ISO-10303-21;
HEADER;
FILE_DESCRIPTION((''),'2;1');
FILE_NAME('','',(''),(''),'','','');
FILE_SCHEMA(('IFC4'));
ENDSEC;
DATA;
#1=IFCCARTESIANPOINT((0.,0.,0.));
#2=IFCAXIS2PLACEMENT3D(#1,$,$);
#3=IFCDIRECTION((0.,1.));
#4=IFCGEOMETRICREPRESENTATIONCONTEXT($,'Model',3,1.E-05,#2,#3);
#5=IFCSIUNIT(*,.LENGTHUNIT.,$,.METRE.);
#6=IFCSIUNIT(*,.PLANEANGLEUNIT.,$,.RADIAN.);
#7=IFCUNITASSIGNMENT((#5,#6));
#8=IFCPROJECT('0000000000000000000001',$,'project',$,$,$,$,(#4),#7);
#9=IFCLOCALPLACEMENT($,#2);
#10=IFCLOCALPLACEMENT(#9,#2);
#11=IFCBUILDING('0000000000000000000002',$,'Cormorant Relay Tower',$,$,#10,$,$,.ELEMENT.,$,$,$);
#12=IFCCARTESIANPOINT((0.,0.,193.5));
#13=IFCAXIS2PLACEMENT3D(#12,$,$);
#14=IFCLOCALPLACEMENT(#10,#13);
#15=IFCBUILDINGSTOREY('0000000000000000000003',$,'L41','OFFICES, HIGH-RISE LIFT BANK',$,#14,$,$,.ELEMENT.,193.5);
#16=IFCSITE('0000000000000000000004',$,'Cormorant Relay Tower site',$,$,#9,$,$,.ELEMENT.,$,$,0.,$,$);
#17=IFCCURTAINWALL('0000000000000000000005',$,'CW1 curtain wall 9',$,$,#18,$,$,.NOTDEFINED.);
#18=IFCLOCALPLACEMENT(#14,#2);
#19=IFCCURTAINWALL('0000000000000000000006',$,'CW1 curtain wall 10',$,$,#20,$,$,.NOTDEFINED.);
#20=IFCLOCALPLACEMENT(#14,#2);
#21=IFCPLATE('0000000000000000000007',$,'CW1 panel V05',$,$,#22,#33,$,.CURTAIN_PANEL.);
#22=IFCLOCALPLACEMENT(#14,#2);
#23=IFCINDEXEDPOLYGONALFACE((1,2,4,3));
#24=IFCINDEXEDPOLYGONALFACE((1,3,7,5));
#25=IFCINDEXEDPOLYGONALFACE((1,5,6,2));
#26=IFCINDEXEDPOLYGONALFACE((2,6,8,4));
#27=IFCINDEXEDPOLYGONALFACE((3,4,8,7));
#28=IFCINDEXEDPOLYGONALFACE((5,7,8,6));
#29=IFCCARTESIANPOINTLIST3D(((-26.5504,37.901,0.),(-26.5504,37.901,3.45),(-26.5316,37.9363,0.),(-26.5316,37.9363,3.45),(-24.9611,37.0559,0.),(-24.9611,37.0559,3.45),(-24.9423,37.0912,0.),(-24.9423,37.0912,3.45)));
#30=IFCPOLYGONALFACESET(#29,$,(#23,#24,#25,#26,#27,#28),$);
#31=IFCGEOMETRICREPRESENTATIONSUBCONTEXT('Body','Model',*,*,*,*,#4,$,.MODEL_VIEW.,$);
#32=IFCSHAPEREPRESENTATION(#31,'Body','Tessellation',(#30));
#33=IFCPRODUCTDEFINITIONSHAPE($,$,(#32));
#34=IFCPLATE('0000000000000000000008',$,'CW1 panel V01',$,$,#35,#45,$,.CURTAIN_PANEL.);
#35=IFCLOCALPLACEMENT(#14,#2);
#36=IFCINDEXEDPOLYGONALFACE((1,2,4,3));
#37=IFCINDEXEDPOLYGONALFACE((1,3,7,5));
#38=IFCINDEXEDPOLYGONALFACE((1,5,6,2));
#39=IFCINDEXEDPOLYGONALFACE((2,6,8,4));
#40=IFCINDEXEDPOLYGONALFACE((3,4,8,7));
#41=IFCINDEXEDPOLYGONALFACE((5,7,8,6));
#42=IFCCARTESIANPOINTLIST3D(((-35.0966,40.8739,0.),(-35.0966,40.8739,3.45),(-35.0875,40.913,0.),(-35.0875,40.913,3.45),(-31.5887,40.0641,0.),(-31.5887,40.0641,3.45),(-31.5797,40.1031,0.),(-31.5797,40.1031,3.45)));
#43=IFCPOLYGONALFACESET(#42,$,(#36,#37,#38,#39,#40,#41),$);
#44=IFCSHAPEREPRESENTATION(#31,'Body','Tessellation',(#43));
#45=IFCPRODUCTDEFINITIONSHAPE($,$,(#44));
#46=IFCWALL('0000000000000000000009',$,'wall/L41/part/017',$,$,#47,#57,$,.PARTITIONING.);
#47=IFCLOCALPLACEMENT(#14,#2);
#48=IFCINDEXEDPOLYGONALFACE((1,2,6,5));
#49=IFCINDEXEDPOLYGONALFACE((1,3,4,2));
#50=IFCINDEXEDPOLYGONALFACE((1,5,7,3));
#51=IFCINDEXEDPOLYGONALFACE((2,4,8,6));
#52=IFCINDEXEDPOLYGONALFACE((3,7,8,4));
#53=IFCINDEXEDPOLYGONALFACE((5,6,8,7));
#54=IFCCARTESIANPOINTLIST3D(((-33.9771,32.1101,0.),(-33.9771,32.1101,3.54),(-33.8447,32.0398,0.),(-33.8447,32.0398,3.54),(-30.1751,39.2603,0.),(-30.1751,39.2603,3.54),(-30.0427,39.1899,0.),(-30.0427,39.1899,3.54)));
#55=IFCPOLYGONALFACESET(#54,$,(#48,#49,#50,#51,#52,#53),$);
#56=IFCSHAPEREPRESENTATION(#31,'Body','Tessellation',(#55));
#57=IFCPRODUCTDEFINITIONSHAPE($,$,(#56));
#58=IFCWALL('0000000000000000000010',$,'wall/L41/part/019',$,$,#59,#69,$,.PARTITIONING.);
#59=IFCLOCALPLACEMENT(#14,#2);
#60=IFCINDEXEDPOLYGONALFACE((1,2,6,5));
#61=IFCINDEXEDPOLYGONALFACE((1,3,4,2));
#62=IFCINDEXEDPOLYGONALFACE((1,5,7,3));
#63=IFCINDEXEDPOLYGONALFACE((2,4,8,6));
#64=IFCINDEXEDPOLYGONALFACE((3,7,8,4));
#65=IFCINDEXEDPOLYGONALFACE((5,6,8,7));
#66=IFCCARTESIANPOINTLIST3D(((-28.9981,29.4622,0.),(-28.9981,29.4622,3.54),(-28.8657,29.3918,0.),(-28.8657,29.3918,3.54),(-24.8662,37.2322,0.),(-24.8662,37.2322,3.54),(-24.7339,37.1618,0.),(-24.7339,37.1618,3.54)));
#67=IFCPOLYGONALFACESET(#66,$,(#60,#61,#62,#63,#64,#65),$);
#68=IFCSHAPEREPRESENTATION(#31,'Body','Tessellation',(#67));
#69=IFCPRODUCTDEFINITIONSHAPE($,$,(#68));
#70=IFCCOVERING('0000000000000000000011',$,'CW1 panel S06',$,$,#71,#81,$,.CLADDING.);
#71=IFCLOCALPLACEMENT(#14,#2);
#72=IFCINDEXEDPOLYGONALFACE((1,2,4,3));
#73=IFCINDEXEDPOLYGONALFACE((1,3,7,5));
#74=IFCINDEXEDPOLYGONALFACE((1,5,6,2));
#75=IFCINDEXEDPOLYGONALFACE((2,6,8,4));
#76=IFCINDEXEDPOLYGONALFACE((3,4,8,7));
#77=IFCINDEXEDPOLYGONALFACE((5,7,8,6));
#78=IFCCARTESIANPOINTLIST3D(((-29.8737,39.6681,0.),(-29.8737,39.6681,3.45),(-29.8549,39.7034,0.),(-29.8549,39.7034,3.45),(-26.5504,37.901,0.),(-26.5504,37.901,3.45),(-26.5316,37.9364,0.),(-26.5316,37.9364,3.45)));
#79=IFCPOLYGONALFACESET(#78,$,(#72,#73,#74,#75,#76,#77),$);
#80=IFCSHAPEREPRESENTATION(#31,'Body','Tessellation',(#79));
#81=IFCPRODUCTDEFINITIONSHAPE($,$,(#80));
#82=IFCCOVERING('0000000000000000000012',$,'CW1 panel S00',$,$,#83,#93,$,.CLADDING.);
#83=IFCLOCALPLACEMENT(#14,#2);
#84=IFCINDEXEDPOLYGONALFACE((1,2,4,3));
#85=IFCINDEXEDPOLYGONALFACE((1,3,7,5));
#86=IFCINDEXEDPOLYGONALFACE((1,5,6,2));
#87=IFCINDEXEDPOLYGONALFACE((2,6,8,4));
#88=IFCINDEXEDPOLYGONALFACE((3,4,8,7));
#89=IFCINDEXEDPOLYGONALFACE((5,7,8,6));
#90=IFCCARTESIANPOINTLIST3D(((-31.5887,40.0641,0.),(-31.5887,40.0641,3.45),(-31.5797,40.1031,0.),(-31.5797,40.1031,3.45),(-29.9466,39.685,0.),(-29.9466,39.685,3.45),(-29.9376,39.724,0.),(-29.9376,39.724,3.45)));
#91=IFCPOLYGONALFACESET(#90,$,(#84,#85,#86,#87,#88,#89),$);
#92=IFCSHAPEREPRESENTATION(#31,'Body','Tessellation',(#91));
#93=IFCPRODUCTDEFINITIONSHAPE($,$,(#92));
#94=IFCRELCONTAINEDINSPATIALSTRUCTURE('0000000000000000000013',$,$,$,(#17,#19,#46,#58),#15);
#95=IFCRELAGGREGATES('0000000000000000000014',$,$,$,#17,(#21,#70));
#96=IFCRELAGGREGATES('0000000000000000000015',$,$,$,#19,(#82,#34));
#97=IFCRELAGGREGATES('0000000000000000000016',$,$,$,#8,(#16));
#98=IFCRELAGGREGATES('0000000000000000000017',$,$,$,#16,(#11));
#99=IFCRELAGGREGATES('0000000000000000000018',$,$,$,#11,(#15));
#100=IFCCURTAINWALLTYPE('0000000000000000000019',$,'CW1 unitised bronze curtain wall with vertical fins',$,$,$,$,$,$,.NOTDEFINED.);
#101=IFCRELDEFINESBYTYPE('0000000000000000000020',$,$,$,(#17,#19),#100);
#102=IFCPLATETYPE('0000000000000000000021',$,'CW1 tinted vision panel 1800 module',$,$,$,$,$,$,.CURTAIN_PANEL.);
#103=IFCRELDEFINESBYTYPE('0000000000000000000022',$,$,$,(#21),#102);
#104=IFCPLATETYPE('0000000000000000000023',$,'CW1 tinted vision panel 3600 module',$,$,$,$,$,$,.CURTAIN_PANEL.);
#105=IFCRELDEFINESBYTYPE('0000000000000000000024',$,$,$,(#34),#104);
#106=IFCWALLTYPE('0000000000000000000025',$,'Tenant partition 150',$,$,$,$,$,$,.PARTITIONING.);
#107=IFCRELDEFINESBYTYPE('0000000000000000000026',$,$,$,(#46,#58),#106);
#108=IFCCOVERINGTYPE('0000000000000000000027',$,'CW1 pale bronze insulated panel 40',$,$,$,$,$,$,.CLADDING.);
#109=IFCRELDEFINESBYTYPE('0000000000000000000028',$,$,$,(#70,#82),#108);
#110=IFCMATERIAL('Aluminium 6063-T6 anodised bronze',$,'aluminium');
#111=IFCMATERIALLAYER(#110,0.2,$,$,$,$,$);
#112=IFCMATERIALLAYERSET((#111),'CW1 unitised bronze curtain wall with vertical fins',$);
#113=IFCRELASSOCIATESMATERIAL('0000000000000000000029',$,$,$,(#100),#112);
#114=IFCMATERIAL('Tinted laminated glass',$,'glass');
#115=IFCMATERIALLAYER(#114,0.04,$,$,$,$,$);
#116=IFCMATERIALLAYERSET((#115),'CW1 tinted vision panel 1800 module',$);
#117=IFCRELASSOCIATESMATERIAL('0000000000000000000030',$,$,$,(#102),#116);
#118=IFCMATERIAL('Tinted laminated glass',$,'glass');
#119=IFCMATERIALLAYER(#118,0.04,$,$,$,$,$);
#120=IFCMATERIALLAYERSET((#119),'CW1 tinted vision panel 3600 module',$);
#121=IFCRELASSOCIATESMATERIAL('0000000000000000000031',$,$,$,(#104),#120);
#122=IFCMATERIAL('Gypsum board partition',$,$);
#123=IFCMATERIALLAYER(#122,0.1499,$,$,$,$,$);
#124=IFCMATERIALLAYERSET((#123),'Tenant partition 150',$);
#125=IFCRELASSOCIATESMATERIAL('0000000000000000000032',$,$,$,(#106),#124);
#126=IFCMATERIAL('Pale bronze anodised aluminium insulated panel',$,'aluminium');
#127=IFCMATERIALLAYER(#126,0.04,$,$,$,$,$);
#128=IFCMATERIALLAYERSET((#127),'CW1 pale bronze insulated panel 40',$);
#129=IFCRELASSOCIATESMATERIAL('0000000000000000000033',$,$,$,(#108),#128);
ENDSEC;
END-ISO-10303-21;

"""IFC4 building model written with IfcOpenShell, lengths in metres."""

from ifc_helpers import new_model, si_unit, direction, frame, frame_2d, origin, origin_2d, place, context, subcontext, project, spatial, rectangle, extrude, material, layer, layer_set, type_object, element, aggregate, save


model = new_model("IFC4")

# Units and contexts
model_context = context("Model", 3, precision=1e-05, world=origin(), true_north=direction((0.0, 1.0)))
body_context = subcontext(model_context, "Body", "Model", "MODEL_VIEW")
ifc_project = project(units=[si_unit("LENGTHUNIT", "METRE"), si_unit("PLANEANGLEUNIT", "RADIAN")], contexts=[model_context])

# Site, building, storey
site_placement = place(None, origin())
site = spatial("IfcSite", under=ifc_project, at=site_placement, Name="Cormorant Relay Tower site", CompositionType="ELEMENT", RefElevation=0.0)
building_placement = place(site_placement, origin())
building = spatial("IfcBuilding", under=site, at=building_placement, Name="Cormorant Relay Tower", CompositionType="ELEMENT")
storey_placement = place(building_placement, frame((0.0, 0.0, 193.5)))
storey = spatial("IfcBuildingStorey", under=building, at=storey_placement, Name="L41", Description="OFFICES, HIGH-RISE LIFT BANK", CompositionType="ELEMENT", Elevation=193.5)

# Curtain wall
ifc_material_1 = material(Name="Aluminium 6063-T6 anodised bronze", Category="aluminium")
ifc_layer_1 = layer(ifc_material_1, 0.2)
ifc_layer_set_1 = layer_set([ifc_layer_1], Name="CW1 unitised bronze curtain wall with vertical fins")
curtain_wall_type = type_object("IfcCurtainWallType", Name="CW1 unitised bronze curtain wall with vertical fins", PredefinedType="NOTDEFINED", material=ifc_layer_set_1)
curtain_wall_1_placement = place(storey_placement, origin())
curtain_wall_1 = element("IfcCurtainWall", 1, at=curtain_wall_1_placement, inside=storey, type_object=curtain_wall_type, Name="CW1 curtain wall 9", PredefinedType="NOTDEFINED")

# Curtain wall
curtain_wall_2_placement = place(storey_placement, origin())
curtain_wall_2 = element("IfcCurtainWall", 2, at=curtain_wall_2_placement, inside=storey, type_object=curtain_wall_type, Name="CW1 curtain wall 10", PredefinedType="NOTDEFINED")

# Plates
ifc_material_2 = material(Name="Tinted laminated glass", Category="glass")
ifc_layer_2 = layer(ifc_material_2, 0.04)
ifc_layer_set_2 = layer_set([ifc_layer_2], Name="CW1 tinted vision panel 1800 module")
plate_type_1 = type_object("IfcPlateType", Name="CW1 tinted vision panel 1800 module", PredefinedType="CURTAIN_PANEL", material=ifc_layer_set_2)
plate_1_placement = place(storey_placement, frame((-25.7463, 37.4961, 0.0), z_axis=(0.0, 0.0, 1.0), x_axis=(-0.882948, 0.469472, 0.0)))
plate_1 = element("IfcPlate", 3, at=plate_1_placement, type_object=plate_type_1, Name="CW1 panel V05", PredefinedType="CURTAIN_PANEL", context=body_context, shape_type="SweptSolid", body=[
    extrude(rectangle(XDim=1.8, YDim=0.04, at=origin_2d()), origin(), (0.0, 0.0, 1.0), 3.45),
])
ifc_material_3 = material(Name="Tinted laminated glass", Category="glass")
ifc_layer_3 = layer(ifc_material_3, 0.04)
ifc_layer_set_3 = layer_set([ifc_layer_3], Name="CW1 tinted vision panel 3600 module")
plate_type_2 = type_object("IfcPlateType", Name="CW1 tinted vision panel 3600 module", PredefinedType="CURTAIN_PANEL", material=ifc_layer_set_3)
plate_2_placement = place(storey_placement, frame((-33.3381, 40.4885, 0.0), z_axis=(0.0, 0.0, 1.0), x_axis=(-0.97437, 0.224951, 0.0)))
plate_2 = element("IfcPlate", 4, at=plate_2_placement, type_object=plate_type_2, Name="CW1 panel V01", PredefinedType="CURTAIN_PANEL", context=body_context, shape_type="SweptSolid", body=[
    extrude(rectangle(XDim=3.6001, YDim=0.04, at=origin_2d()), origin(), (0.0, 0.0, 1.0), 3.45),
])

# Walls
ifc_material_4 = material(Name="Gypsum board partition")
ifc_layer_4 = layer(ifc_material_4, 0.1499)
ifc_layer_set_4 = layer_set([ifc_layer_4], Name="Tenant partition 150")
wall_type_1 = type_object("IfcWallType", Name="Tenant partition 150", PredefinedType="PARTITIONING", material=ifc_layer_set_4)
wall_1_placement = place(storey_placement, frame((-30.1089, 39.2251, 0.0), z_axis=(0.0, 0.0, 1.0), x_axis=(-0.469491, -0.882937, 0.0)))
element("IfcWall", 5, at=wall_1_placement, inside=storey, type_object=wall_type_1, Name="wall/L41/part/017", PredefinedType="PARTITIONING", context=body_context, shape_type="SweptSolid", body=[
    extrude(rectangle(XDim=8.0981, YDim=0.1499, at=frame_2d((4.0491, 0.0))), origin(), (0.0, 0.0, 1.0), 3.54),
])
wall_2_placement = place(storey_placement, frame((-24.8, 37.197, 0.0), z_axis=(0.0, 0.0, 1.0), x_axis=(-0.469511, -0.882927, 0.0)))
element("IfcWall", 6, at=wall_2_placement, inside=storey, type_object=wall_type_1, Name="wall/L41/part/019", PredefinedType="PARTITIONING", context=body_context, shape_type="SweptSolid", body=[
    extrude(rectangle(XDim=8.8003, YDim=0.1499, at=frame_2d((4.4001, 0.0))), origin(), (0.0, 0.0, 1.0), 3.54),
])

# Coverings
ifc_material_5 = material(Name="Pale bronze anodised aluminium insulated panel", Category="aluminium")
ifc_layer_5 = layer(ifc_material_5, 0.04)
ifc_layer_set_5 = layer_set([ifc_layer_5], Name="CW1 pale bronze insulated panel 40")
covering_type = type_object("IfcCoveringType", Name="CW1 pale bronze insulated panel 40", PredefinedType="CLADDING", material=ifc_layer_set_5)
covering_1_placement = place(storey_placement, frame((-28.2026, 38.8022, 0.0), z_axis=(0.0, 0.0, 1.0), x_axis=(-0.882948, 0.469472, 0.0)))
covering_1 = element("IfcCovering", 7, at=covering_1_placement, type_object=covering_type, Name="CW1 panel S06", PredefinedType="CLADDING", context=body_context, shape_type="SweptSolid", body=[
    extrude(rectangle(XDim=3.7639, YDim=0.04, at=origin_2d()), origin(), (0.0, 0.0, 1.0), 3.45),
])
aggregate(curtain_wall_1, [plate_1, covering_1])
covering_2_placement = place(storey_placement, frame((-30.7632, 39.894, 0.0), z_axis=(0.0, 0.0, 1.0), x_axis=(-0.97437, 0.224951, 0.0)))
covering_2 = element("IfcCovering", 8, at=covering_2_placement, type_object=covering_type, Name="CW1 panel S00", PredefinedType="CLADDING", context=body_context, shape_type="SweptSolid", body=[
    extrude(rectangle(XDim=1.6853, YDim=0.04, at=origin_2d()), origin(), (0.0, 0.0, 1.0), 3.45),
])
aggregate(curtain_wall_2, [covering_2, plate_2])

save(model, "model.ifc")
